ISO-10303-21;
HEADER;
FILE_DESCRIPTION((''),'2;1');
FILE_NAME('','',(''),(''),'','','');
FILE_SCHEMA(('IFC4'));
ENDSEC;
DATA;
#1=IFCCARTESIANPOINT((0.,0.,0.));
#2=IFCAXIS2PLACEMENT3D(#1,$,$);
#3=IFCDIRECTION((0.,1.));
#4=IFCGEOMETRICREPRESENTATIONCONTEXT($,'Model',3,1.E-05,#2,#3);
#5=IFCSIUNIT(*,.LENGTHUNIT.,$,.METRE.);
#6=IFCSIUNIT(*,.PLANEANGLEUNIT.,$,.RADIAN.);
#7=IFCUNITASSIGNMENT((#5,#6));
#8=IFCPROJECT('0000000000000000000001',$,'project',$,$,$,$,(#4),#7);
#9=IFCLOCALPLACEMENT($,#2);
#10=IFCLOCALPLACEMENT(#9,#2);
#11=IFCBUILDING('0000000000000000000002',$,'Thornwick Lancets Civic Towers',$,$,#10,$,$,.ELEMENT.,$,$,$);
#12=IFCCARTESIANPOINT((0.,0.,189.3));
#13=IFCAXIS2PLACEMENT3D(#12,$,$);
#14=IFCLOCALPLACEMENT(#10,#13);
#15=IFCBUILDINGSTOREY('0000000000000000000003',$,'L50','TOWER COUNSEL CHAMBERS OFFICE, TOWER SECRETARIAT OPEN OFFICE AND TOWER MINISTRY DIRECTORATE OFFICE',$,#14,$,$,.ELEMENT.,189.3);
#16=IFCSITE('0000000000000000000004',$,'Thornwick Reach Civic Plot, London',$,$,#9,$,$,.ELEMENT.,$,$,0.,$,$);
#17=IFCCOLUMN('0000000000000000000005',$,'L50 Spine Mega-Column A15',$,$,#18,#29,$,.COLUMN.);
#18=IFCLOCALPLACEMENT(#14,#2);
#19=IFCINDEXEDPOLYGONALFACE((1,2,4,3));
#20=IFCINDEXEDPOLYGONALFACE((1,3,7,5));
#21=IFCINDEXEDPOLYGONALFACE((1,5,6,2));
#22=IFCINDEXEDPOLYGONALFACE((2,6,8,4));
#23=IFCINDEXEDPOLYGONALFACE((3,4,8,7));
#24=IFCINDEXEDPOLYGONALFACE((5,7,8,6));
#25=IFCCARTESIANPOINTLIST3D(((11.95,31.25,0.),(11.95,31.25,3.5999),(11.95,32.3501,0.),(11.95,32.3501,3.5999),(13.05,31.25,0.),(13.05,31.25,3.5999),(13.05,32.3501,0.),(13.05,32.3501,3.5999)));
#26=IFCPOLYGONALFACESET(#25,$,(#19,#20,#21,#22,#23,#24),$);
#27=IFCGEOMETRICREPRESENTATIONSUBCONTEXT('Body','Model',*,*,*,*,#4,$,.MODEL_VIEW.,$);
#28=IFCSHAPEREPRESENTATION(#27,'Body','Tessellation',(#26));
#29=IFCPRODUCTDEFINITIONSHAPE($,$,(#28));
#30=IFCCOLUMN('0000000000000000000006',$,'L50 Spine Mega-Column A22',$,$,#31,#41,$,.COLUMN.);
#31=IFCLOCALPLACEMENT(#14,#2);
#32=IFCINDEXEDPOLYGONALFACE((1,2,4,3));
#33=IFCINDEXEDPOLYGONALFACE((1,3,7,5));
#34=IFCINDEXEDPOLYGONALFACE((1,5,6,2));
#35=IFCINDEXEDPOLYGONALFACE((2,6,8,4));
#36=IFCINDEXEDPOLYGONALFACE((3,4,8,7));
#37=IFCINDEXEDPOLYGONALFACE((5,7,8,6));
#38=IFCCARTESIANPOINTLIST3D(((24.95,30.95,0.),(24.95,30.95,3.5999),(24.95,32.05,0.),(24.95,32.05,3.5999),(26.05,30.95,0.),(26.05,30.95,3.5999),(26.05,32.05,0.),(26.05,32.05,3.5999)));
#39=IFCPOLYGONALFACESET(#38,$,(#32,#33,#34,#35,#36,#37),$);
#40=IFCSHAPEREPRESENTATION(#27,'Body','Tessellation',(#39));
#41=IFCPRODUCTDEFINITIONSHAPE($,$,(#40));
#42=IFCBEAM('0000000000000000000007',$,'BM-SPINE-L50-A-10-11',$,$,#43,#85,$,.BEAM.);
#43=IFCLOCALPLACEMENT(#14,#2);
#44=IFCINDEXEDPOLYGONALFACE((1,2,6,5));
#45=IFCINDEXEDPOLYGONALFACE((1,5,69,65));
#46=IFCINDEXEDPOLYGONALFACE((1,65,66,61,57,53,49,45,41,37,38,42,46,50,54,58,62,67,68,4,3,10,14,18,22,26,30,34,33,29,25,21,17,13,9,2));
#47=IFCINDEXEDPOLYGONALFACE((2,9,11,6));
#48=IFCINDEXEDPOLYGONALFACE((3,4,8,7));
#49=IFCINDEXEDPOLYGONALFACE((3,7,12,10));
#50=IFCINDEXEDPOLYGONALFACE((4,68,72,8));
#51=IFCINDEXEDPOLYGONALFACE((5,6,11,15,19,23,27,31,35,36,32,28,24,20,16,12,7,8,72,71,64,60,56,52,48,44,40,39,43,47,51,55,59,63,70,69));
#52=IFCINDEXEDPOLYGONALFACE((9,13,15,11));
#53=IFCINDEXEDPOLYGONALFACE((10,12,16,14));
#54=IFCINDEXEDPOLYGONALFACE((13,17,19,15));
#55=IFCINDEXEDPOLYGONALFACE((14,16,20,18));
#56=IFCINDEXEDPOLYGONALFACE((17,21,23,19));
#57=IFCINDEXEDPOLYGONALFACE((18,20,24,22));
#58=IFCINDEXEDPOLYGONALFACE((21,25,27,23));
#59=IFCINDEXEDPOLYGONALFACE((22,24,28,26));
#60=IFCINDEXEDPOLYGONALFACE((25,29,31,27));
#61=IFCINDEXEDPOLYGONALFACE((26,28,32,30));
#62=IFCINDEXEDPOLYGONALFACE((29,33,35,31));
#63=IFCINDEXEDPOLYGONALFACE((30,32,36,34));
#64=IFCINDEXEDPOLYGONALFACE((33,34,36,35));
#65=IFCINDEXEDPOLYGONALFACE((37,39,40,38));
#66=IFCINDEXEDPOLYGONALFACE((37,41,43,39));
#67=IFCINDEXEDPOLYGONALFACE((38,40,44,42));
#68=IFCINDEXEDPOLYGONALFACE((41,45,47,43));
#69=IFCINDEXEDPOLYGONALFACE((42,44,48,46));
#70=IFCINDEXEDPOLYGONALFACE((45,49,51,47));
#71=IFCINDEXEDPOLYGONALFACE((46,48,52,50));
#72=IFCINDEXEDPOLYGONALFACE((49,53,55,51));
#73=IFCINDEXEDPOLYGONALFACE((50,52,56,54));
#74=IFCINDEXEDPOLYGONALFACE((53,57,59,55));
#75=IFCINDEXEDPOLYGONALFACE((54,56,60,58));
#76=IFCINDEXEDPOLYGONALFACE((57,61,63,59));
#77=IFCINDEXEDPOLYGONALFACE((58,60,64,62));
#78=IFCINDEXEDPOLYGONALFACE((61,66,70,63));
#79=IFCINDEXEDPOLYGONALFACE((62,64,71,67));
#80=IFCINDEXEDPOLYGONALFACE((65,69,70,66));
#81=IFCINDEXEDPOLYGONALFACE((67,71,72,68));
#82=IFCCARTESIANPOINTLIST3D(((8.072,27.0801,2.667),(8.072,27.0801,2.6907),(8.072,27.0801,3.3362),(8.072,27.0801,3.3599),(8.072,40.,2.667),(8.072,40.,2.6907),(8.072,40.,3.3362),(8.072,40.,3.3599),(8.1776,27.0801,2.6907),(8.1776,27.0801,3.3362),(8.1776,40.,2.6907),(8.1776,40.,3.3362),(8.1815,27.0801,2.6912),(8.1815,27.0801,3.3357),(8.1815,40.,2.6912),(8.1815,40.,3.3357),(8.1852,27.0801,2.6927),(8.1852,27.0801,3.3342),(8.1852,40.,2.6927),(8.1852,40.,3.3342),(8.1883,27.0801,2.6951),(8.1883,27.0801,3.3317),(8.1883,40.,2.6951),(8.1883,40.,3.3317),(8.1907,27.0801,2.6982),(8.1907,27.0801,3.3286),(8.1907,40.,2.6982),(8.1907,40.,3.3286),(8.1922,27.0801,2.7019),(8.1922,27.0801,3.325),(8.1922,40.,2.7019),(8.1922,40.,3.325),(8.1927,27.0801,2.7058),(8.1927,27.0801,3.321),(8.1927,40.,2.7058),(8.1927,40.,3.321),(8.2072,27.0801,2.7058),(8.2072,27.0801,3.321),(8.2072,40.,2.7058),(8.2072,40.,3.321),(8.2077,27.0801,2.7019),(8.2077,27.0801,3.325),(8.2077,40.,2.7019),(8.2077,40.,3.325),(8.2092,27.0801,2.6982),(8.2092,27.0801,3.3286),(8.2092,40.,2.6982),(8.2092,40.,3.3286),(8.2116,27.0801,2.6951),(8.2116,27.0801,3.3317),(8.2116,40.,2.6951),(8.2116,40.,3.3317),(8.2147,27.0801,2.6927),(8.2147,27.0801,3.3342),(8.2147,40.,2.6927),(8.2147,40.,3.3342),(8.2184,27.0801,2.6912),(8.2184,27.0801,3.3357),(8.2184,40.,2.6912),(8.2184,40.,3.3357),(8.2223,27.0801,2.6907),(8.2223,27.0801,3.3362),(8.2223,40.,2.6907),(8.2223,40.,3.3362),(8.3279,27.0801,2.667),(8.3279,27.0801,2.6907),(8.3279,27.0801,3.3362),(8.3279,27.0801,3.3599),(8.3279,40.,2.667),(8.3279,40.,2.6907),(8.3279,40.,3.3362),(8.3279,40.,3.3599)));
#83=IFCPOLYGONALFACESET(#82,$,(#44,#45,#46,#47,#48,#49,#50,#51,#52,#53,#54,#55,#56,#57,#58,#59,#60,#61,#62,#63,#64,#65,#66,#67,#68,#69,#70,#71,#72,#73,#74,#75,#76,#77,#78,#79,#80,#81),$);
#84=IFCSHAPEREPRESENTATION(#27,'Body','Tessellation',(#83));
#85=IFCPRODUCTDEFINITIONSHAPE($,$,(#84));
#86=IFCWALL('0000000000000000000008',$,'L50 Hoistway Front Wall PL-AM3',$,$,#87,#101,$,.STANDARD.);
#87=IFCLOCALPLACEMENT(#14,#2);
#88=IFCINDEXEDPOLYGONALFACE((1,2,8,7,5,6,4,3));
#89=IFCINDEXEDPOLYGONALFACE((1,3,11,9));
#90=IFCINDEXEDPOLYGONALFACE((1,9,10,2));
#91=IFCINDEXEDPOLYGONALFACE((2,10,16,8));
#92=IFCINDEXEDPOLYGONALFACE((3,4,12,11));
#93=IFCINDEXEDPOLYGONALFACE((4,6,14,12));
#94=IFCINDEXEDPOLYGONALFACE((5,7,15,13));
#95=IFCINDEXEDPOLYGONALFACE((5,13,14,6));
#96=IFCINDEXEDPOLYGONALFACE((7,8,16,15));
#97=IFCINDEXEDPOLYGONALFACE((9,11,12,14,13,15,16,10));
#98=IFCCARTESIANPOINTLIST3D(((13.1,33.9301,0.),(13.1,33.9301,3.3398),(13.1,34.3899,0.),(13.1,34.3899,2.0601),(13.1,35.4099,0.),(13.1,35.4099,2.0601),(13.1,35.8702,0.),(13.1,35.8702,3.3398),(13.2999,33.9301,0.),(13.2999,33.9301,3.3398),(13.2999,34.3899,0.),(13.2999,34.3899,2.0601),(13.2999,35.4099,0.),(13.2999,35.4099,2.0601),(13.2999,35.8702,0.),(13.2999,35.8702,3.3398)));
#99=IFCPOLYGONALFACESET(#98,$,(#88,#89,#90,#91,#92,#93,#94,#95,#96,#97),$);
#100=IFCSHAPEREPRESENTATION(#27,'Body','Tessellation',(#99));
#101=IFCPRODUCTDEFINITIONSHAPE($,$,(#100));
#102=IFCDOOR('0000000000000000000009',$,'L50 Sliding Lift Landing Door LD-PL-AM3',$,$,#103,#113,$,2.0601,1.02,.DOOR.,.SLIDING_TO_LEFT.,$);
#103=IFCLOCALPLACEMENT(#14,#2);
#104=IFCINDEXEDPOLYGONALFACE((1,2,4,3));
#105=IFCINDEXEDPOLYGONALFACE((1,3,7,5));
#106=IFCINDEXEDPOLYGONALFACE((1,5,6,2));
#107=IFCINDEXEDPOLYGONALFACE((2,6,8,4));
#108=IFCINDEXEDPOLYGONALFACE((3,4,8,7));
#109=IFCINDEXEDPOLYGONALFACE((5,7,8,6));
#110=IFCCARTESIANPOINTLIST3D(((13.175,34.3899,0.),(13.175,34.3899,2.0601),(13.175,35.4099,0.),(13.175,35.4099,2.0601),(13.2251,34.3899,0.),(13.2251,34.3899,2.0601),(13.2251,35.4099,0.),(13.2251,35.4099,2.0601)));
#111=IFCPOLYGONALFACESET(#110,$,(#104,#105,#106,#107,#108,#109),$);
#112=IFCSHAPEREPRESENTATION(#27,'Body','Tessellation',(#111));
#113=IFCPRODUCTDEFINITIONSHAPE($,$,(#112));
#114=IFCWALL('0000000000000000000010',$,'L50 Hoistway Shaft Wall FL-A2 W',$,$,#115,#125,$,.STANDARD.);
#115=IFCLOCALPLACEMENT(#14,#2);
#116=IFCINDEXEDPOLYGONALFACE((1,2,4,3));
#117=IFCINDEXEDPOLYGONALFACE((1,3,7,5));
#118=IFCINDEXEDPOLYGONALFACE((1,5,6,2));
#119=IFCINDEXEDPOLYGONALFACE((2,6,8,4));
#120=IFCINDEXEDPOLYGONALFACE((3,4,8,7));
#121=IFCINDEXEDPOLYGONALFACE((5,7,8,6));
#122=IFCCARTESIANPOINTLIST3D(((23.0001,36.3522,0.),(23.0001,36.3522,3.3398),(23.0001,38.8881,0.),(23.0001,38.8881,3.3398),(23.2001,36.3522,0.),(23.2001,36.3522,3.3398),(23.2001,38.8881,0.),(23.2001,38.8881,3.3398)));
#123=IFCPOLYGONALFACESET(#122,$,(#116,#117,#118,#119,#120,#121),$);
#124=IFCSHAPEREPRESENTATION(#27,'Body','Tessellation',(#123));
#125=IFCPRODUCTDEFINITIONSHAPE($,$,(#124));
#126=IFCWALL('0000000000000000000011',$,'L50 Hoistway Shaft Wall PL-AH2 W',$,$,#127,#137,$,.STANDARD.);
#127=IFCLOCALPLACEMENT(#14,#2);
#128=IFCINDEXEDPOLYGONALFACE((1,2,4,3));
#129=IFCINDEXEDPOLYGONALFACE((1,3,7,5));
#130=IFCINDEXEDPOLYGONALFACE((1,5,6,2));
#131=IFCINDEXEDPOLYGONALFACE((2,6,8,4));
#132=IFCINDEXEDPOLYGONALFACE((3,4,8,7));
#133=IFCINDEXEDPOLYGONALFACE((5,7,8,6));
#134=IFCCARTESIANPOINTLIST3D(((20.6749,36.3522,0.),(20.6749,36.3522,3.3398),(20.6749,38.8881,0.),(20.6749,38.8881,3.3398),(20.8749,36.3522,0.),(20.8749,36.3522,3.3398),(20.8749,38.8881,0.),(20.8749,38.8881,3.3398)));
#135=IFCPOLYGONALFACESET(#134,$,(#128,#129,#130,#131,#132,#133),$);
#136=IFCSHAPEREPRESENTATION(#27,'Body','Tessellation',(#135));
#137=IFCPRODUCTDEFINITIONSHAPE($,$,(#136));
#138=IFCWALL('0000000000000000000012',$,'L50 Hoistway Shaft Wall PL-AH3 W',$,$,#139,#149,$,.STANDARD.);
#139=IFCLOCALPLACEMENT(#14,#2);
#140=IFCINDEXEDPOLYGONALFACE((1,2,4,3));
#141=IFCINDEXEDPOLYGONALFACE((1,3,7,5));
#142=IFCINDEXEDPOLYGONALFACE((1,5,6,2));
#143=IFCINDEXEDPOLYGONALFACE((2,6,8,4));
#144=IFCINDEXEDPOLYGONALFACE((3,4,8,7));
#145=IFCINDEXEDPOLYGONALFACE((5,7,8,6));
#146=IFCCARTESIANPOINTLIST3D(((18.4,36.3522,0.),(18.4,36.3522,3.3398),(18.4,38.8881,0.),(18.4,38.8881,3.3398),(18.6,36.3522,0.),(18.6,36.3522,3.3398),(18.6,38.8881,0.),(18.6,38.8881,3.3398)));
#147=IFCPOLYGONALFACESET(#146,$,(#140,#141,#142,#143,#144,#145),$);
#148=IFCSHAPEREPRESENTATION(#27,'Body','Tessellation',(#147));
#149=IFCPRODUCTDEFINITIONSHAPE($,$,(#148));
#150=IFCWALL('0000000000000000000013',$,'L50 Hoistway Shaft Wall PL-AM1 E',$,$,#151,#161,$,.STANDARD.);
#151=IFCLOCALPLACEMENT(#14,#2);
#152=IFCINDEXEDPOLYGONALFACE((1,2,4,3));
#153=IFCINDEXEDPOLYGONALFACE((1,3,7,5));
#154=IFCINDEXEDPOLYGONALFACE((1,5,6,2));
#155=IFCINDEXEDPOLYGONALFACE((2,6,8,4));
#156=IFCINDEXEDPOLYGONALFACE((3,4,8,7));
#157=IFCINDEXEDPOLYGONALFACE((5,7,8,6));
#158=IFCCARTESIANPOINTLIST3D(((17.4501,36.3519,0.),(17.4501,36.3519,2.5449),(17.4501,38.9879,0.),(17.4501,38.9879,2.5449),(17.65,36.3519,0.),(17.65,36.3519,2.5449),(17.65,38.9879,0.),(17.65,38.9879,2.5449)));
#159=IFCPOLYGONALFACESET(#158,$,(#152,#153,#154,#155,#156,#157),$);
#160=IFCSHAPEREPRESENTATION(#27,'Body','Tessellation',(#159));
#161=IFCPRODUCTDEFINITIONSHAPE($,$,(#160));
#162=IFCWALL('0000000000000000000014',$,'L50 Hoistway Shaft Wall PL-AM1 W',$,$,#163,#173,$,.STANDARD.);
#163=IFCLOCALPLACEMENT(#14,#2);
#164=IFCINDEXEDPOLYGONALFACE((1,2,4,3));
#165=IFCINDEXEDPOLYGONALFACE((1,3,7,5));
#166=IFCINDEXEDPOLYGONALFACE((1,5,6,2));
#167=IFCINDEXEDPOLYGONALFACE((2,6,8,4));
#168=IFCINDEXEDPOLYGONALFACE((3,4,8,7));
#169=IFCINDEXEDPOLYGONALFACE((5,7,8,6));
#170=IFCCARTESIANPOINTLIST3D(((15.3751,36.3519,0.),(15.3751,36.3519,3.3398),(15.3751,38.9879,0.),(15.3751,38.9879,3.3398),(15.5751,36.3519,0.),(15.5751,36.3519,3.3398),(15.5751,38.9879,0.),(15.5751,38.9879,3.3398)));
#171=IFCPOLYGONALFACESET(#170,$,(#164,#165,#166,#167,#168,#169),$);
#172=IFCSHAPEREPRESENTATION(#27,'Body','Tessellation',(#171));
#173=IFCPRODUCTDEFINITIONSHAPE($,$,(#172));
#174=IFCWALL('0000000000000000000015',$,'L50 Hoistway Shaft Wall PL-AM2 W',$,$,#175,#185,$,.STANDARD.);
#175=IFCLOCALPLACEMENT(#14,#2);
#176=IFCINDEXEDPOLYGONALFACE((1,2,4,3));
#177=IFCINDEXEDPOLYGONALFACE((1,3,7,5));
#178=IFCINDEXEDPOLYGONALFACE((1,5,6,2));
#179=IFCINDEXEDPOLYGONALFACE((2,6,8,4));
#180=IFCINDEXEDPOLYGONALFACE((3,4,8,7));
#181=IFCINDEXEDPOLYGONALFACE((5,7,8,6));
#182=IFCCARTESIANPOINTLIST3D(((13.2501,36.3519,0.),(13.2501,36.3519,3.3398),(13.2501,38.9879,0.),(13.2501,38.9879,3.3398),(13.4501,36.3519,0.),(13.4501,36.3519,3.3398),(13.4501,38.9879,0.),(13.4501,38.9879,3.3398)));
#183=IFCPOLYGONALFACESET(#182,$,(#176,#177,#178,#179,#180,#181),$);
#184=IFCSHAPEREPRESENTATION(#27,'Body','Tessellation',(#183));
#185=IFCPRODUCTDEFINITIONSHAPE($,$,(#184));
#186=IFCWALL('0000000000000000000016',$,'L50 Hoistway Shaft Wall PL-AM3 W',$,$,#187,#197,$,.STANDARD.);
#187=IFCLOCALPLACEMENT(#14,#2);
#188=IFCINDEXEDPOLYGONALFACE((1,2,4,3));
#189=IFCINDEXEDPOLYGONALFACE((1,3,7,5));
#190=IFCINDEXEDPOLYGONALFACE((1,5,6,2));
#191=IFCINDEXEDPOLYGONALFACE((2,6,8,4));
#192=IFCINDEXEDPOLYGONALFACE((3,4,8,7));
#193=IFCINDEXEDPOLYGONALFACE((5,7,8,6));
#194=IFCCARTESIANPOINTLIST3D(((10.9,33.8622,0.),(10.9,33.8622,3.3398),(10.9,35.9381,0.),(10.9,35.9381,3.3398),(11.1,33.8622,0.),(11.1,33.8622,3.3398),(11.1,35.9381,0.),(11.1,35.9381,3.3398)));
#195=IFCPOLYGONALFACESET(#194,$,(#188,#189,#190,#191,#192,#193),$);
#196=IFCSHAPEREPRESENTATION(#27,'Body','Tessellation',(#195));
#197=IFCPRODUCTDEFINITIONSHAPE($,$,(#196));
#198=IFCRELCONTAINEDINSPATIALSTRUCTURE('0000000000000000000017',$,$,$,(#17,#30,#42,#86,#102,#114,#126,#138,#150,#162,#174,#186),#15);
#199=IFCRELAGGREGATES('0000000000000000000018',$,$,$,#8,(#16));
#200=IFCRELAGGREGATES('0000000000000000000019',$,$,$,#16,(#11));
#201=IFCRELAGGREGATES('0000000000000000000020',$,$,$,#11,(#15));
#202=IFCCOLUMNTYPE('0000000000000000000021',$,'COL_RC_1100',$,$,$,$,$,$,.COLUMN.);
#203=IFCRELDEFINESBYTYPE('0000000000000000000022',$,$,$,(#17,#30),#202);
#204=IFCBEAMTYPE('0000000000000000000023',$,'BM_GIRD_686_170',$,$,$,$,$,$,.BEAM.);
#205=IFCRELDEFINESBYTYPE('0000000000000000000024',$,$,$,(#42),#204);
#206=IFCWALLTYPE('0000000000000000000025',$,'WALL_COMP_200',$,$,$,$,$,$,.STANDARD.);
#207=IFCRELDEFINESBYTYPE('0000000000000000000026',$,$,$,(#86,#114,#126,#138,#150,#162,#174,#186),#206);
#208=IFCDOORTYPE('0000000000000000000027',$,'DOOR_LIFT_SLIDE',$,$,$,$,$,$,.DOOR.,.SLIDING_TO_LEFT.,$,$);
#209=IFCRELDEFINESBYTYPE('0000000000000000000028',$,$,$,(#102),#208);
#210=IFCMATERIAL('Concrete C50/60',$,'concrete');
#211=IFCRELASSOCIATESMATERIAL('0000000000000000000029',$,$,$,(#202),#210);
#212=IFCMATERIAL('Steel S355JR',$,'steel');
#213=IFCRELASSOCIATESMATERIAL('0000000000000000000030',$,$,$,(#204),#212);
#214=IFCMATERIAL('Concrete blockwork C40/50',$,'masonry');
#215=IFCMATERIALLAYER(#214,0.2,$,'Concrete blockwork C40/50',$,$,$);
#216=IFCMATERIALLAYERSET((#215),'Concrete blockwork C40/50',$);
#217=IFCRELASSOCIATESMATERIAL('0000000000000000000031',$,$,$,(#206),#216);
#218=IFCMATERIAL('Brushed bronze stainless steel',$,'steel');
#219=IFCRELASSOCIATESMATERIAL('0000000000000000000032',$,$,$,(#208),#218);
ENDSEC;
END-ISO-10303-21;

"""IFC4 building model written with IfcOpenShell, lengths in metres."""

from ifc_helpers import new_model, si_unit, direction, frame, frame_2d, origin, origin_2d, place, context, subcontext, project, spatial, rectangle, i_section, extrude, material, layer, layer_set, material_profile, profile_set, type_object, element, fill, save


model = new_model("IFC4")

# Units and contexts
model_context = context("Model", 3, precision=1e-05, world=origin(), true_north=direction((0.0, 1.0)))
body_context = subcontext(model_context, "Body", "Model", "MODEL_VIEW")
ifc_project = project(units=[si_unit("LENGTHUNIT", "METRE"), si_unit("PLANEANGLEUNIT", "RADIAN")], contexts=[model_context])

# Site, building, storey
site_placement = place(None, origin())
site = spatial("IfcSite", under=ifc_project, at=site_placement, Name="Thornwick Reach Civic Plot, London", CompositionType="ELEMENT", RefElevation=0.0)
building_placement = place(site_placement, origin())
building = spatial("IfcBuilding", under=site, at=building_placement, Name="Thornwick Lancets Civic Towers", CompositionType="ELEMENT")
storey_placement = place(building_placement, frame((0.0, 0.0, 189.3)))
storey = spatial("IfcBuildingStorey", under=building, at=storey_placement, Name="L50", Description="TOWER COUNSEL CHAMBERS OFFICE, TOWER SECRETARIAT OPEN OFFICE AND TOWER MINISTRY DIRECTORATE OFFICE", CompositionType="ELEMENT", Elevation=189.3)

# Columns
ifc_material_1 = material(Name="Concrete C50/60", Category="concrete")
ifc_material_profile_1 = material_profile(ifc_material_1, rectangle(XDim=1.1001, YDim=1.1001, at=origin_2d()), Name="RC 1100x1100")
ifc_profile_set_1 = profile_set([ifc_material_profile_1], Name="Concrete C50/60")
column_type = type_object("IfcColumnType", Name="COL_RC_1100", PredefinedType="COLUMN", material=ifc_profile_set_1)
for number, where, z_axis, x_axis, name in (
    (1, (12.5, 31.8, 0.0), (0.0, 0.0, 1.0), (1.0, 0.0, 0.0), "L50 Spine Mega-Column A15"),
    (2, (25.5, 31.5, 0.0), (0.0, 0.0, 1.0), (1.0, 0.0, 0.0), "L50 Spine Mega-Column A22"),
):
    element("IfcColumn", number, at=place(storey_placement, frame(where, z_axis=z_axis, x_axis=x_axis)), inside=storey, type_object=column_type, Name=name, PredefinedType="COLUMN", context=body_context, shape_type="SweptSolid", body=[
        extrude(rectangle(XDim=1.1001, YDim=1.1001, at=origin_2d()), origin(), (0.0, 0.0, 1.0), 3.5999),
    ])

# Beam
ifc_material_2 = material(Name="Steel S355JR", Category="steel")
ifc_material_profile_2 = material_profile(ifc_material_2, i_section(OverallWidth=0.2559, OverallDepth=0.6929, WebThickness=0.0144, FlangeThickness=0.0237, FilletRadius=0.0151, at=origin_2d()), Name="UKB 686x254x170")
ifc_profile_set_2 = profile_set([ifc_material_profile_2], Name="Steel S355JR")
beam_type = type_object("IfcBeamType", Name="BM_GIRD_686_170", PredefinedType="BEAM", material=ifc_profile_set_2)
beam_placement = place(storey_placement, frame((8.2, 27.0801, 3.0134), z_axis=(0.0, 1.0, 0.0), x_axis=(-1.0, 0.0, 0.0)))
element("IfcBeam", 3, at=beam_placement, inside=storey, type_object=beam_type, Name="BM-SPINE-L50-A-10-11", PredefinedType="BEAM", context=body_context, shape_type="SweptSolid", body=[
    extrude(i_section(OverallWidth=0.2559, OverallDepth=0.6929, WebThickness=0.0144, FlangeThickness=0.0237, FilletRadius=0.0151, at=origin_2d()), origin(), (0.0, 0.0, 1.0), 12.9199),
])

# Wall, opening, door
ifc_material_3 = material(Name="Concrete blockwork C40/50", Category="masonry")
ifc_layer_1 = layer(ifc_material_3, 0.2, Name="Concrete blockwork C40/50")
ifc_layer_set_1 = layer_set([ifc_layer_1], Name="Concrete blockwork C40/50")
wall_type_1 = type_object("IfcWallType", Name="WALL_COMP_200", PredefinedType="STANDARD", material=ifc_layer_set_1)
wall_1_placement = place(storey_placement, frame((13.2, 33.9299, 0.0), z_axis=(0.0, 0.0, 1.0), x_axis=(0.0, 1.0, 0.0)))
wall_1 = element("IfcWall", 4, at=wall_1_placement, inside=storey, type_object=wall_type_1, Name="L50 Hoistway Front Wall PL-AM3", PredefinedType="STANDARD", context=body_context, shape_type="SweptSolid", body=[
    extrude(rectangle(XDim=1.9402, YDim=0.2, at=frame_2d((0.9702, 0.0))), origin(), (0.0, 0.0, 1.0), 3.3398),
])
opening_1_placement = place(wall_1_placement, frame((0.46, 0.0, 0.0)))
opening_1 = element("IfcOpeningElement", 5, at=opening_1_placement, cuts=wall_1, PredefinedType="OPENING", context=body_context, shape_type="SweptSolid", body=[
    extrude(rectangle(XDim=1.02, YDim=2.0601, at=frame_2d((0.51, 1.03))), frame((0.0, 0.1099, 0.0), z_axis=(0.0, -1.0, 0.0), x_axis=(1.0, 0.0, 0.0)), (0.0, 0.0, 1.0), 0.22),
])
ifc_material_4 = material(Name="Brushed bronze stainless steel", Category="steel")
door_type_1 = type_object("IfcDoorType", Name="DOOR_LIFT_SLIDE", OperationType="SLIDING_TO_LEFT", PredefinedType="DOOR", material=ifc_material_4)
door_1_placement = place(opening_1_placement, origin())
door_1 = element("IfcDoor", 6, at=door_1_placement, inside=storey, type_object=door_type_1, Name="L50 Sliding Lift Landing Door LD-PL-AM3", OperationType="SLIDING_TO_LEFT", OverallHeight=2.0601, OverallWidth=1.02, PredefinedType="DOOR", context=body_context, shape_type="SweptSolid", body=[
    extrude(rectangle(XDim=1.02, YDim=2.0601, at=frame_2d((0.51, 1.03))), frame((0.0, 0.0249, 0.0), z_axis=(0.0, -1.0, 0.0), x_axis=(1.0, 0.0, 0.0)), (0.0, 0.0, 1.0), 0.05),
])
fill(opening_1, door_1)

# Walls
for number, where, z_axis, x_axis, name in (
    (7, (23.1001, 36.3521, 0.0), (0.0, 0.0, 1.0), (0.0, 1.0, 0.0), "L50 Hoistway Shaft Wall FL-A2 W"),
    (8, (20.7749, 36.3521, 0.0), (0.0, 0.0, 1.0), (0.0, 1.0, 0.0), "L50 Hoistway Shaft Wall PL-AH2 W"),
    (9, (18.5, 36.3521, 0.0), (0.0, 0.0, 1.0), (0.0, 1.0, 0.0), "L50 Hoistway Shaft Wall PL-AH3 W"),
):
    element("IfcWall", number, at=place(storey_placement, frame(where, z_axis=z_axis, x_axis=x_axis)), inside=storey, type_object=wall_type_1, Name=name, PredefinedType="STANDARD", context=body_context, shape_type="SweptSolid", body=[
        extrude(rectangle(XDim=2.5359, YDim=0.2, at=frame_2d((1.2681, 0.0))), origin(), (0.0, 0.0, 1.0), 3.3398),
    ])
wall_2_placement = place(storey_placement, frame((17.55, 36.3521, 0.0), z_axis=(0.0, 0.0, 1.0), x_axis=(0.0, 1.0, 0.0)))
element("IfcWall", 10, at=wall_2_placement, inside=storey, type_object=wall_type_1, Name="L50 Hoistway Shaft Wall PL-AM1 E", PredefinedType="STANDARD", context=body_context, shape_type="SweptSolid", body=[
    extrude(rectangle(XDim=2.636, YDim=0.2, at=frame_2d((1.3179, 0.0))), origin(), (0.0, 0.0, 1.0), 2.5449),
])
for number, where, z_axis, x_axis, name in (
    (11, (15.4751, 36.3521, 0.0), (0.0, 0.0, 1.0), (0.0, 1.0, 0.0), "L50 Hoistway Shaft Wall PL-AM1 W"),
    (12, (13.3501, 36.3521, 0.0), (0.0, 0.0, 1.0), (0.0, 1.0, 0.0), "L50 Hoistway Shaft Wall PL-AM2 W"),
):
    element("IfcWall", number, at=place(storey_placement, frame(where, z_axis=z_axis, x_axis=x_axis)), inside=storey, type_object=wall_type_1, Name=name, PredefinedType="STANDARD", context=body_context, shape_type="SweptSolid", body=[
        extrude(rectangle(XDim=2.636, YDim=0.2, at=frame_2d((1.3179, 0.0))), origin(), (0.0, 0.0, 1.0), 3.3398),
    ])
wall_3_placement = place(storey_placement, frame((11.0, 33.8621, 0.0), z_axis=(0.0, 0.0, 1.0), x_axis=(0.0, 1.0, 0.0)))
element("IfcWall", 13, at=wall_3_placement, inside=storey, type_object=wall_type_1, Name="L50 Hoistway Shaft Wall PL-AM3 W", PredefinedType="STANDARD", context=body_context, shape_type="SweptSolid", body=[
    extrude(rectangle(XDim=2.0759, YDim=0.2, at=frame_2d((1.0381, 0.0))), origin(), (0.0, 0.0, 1.0), 3.3398),
])

save(model, "model.ifc")
